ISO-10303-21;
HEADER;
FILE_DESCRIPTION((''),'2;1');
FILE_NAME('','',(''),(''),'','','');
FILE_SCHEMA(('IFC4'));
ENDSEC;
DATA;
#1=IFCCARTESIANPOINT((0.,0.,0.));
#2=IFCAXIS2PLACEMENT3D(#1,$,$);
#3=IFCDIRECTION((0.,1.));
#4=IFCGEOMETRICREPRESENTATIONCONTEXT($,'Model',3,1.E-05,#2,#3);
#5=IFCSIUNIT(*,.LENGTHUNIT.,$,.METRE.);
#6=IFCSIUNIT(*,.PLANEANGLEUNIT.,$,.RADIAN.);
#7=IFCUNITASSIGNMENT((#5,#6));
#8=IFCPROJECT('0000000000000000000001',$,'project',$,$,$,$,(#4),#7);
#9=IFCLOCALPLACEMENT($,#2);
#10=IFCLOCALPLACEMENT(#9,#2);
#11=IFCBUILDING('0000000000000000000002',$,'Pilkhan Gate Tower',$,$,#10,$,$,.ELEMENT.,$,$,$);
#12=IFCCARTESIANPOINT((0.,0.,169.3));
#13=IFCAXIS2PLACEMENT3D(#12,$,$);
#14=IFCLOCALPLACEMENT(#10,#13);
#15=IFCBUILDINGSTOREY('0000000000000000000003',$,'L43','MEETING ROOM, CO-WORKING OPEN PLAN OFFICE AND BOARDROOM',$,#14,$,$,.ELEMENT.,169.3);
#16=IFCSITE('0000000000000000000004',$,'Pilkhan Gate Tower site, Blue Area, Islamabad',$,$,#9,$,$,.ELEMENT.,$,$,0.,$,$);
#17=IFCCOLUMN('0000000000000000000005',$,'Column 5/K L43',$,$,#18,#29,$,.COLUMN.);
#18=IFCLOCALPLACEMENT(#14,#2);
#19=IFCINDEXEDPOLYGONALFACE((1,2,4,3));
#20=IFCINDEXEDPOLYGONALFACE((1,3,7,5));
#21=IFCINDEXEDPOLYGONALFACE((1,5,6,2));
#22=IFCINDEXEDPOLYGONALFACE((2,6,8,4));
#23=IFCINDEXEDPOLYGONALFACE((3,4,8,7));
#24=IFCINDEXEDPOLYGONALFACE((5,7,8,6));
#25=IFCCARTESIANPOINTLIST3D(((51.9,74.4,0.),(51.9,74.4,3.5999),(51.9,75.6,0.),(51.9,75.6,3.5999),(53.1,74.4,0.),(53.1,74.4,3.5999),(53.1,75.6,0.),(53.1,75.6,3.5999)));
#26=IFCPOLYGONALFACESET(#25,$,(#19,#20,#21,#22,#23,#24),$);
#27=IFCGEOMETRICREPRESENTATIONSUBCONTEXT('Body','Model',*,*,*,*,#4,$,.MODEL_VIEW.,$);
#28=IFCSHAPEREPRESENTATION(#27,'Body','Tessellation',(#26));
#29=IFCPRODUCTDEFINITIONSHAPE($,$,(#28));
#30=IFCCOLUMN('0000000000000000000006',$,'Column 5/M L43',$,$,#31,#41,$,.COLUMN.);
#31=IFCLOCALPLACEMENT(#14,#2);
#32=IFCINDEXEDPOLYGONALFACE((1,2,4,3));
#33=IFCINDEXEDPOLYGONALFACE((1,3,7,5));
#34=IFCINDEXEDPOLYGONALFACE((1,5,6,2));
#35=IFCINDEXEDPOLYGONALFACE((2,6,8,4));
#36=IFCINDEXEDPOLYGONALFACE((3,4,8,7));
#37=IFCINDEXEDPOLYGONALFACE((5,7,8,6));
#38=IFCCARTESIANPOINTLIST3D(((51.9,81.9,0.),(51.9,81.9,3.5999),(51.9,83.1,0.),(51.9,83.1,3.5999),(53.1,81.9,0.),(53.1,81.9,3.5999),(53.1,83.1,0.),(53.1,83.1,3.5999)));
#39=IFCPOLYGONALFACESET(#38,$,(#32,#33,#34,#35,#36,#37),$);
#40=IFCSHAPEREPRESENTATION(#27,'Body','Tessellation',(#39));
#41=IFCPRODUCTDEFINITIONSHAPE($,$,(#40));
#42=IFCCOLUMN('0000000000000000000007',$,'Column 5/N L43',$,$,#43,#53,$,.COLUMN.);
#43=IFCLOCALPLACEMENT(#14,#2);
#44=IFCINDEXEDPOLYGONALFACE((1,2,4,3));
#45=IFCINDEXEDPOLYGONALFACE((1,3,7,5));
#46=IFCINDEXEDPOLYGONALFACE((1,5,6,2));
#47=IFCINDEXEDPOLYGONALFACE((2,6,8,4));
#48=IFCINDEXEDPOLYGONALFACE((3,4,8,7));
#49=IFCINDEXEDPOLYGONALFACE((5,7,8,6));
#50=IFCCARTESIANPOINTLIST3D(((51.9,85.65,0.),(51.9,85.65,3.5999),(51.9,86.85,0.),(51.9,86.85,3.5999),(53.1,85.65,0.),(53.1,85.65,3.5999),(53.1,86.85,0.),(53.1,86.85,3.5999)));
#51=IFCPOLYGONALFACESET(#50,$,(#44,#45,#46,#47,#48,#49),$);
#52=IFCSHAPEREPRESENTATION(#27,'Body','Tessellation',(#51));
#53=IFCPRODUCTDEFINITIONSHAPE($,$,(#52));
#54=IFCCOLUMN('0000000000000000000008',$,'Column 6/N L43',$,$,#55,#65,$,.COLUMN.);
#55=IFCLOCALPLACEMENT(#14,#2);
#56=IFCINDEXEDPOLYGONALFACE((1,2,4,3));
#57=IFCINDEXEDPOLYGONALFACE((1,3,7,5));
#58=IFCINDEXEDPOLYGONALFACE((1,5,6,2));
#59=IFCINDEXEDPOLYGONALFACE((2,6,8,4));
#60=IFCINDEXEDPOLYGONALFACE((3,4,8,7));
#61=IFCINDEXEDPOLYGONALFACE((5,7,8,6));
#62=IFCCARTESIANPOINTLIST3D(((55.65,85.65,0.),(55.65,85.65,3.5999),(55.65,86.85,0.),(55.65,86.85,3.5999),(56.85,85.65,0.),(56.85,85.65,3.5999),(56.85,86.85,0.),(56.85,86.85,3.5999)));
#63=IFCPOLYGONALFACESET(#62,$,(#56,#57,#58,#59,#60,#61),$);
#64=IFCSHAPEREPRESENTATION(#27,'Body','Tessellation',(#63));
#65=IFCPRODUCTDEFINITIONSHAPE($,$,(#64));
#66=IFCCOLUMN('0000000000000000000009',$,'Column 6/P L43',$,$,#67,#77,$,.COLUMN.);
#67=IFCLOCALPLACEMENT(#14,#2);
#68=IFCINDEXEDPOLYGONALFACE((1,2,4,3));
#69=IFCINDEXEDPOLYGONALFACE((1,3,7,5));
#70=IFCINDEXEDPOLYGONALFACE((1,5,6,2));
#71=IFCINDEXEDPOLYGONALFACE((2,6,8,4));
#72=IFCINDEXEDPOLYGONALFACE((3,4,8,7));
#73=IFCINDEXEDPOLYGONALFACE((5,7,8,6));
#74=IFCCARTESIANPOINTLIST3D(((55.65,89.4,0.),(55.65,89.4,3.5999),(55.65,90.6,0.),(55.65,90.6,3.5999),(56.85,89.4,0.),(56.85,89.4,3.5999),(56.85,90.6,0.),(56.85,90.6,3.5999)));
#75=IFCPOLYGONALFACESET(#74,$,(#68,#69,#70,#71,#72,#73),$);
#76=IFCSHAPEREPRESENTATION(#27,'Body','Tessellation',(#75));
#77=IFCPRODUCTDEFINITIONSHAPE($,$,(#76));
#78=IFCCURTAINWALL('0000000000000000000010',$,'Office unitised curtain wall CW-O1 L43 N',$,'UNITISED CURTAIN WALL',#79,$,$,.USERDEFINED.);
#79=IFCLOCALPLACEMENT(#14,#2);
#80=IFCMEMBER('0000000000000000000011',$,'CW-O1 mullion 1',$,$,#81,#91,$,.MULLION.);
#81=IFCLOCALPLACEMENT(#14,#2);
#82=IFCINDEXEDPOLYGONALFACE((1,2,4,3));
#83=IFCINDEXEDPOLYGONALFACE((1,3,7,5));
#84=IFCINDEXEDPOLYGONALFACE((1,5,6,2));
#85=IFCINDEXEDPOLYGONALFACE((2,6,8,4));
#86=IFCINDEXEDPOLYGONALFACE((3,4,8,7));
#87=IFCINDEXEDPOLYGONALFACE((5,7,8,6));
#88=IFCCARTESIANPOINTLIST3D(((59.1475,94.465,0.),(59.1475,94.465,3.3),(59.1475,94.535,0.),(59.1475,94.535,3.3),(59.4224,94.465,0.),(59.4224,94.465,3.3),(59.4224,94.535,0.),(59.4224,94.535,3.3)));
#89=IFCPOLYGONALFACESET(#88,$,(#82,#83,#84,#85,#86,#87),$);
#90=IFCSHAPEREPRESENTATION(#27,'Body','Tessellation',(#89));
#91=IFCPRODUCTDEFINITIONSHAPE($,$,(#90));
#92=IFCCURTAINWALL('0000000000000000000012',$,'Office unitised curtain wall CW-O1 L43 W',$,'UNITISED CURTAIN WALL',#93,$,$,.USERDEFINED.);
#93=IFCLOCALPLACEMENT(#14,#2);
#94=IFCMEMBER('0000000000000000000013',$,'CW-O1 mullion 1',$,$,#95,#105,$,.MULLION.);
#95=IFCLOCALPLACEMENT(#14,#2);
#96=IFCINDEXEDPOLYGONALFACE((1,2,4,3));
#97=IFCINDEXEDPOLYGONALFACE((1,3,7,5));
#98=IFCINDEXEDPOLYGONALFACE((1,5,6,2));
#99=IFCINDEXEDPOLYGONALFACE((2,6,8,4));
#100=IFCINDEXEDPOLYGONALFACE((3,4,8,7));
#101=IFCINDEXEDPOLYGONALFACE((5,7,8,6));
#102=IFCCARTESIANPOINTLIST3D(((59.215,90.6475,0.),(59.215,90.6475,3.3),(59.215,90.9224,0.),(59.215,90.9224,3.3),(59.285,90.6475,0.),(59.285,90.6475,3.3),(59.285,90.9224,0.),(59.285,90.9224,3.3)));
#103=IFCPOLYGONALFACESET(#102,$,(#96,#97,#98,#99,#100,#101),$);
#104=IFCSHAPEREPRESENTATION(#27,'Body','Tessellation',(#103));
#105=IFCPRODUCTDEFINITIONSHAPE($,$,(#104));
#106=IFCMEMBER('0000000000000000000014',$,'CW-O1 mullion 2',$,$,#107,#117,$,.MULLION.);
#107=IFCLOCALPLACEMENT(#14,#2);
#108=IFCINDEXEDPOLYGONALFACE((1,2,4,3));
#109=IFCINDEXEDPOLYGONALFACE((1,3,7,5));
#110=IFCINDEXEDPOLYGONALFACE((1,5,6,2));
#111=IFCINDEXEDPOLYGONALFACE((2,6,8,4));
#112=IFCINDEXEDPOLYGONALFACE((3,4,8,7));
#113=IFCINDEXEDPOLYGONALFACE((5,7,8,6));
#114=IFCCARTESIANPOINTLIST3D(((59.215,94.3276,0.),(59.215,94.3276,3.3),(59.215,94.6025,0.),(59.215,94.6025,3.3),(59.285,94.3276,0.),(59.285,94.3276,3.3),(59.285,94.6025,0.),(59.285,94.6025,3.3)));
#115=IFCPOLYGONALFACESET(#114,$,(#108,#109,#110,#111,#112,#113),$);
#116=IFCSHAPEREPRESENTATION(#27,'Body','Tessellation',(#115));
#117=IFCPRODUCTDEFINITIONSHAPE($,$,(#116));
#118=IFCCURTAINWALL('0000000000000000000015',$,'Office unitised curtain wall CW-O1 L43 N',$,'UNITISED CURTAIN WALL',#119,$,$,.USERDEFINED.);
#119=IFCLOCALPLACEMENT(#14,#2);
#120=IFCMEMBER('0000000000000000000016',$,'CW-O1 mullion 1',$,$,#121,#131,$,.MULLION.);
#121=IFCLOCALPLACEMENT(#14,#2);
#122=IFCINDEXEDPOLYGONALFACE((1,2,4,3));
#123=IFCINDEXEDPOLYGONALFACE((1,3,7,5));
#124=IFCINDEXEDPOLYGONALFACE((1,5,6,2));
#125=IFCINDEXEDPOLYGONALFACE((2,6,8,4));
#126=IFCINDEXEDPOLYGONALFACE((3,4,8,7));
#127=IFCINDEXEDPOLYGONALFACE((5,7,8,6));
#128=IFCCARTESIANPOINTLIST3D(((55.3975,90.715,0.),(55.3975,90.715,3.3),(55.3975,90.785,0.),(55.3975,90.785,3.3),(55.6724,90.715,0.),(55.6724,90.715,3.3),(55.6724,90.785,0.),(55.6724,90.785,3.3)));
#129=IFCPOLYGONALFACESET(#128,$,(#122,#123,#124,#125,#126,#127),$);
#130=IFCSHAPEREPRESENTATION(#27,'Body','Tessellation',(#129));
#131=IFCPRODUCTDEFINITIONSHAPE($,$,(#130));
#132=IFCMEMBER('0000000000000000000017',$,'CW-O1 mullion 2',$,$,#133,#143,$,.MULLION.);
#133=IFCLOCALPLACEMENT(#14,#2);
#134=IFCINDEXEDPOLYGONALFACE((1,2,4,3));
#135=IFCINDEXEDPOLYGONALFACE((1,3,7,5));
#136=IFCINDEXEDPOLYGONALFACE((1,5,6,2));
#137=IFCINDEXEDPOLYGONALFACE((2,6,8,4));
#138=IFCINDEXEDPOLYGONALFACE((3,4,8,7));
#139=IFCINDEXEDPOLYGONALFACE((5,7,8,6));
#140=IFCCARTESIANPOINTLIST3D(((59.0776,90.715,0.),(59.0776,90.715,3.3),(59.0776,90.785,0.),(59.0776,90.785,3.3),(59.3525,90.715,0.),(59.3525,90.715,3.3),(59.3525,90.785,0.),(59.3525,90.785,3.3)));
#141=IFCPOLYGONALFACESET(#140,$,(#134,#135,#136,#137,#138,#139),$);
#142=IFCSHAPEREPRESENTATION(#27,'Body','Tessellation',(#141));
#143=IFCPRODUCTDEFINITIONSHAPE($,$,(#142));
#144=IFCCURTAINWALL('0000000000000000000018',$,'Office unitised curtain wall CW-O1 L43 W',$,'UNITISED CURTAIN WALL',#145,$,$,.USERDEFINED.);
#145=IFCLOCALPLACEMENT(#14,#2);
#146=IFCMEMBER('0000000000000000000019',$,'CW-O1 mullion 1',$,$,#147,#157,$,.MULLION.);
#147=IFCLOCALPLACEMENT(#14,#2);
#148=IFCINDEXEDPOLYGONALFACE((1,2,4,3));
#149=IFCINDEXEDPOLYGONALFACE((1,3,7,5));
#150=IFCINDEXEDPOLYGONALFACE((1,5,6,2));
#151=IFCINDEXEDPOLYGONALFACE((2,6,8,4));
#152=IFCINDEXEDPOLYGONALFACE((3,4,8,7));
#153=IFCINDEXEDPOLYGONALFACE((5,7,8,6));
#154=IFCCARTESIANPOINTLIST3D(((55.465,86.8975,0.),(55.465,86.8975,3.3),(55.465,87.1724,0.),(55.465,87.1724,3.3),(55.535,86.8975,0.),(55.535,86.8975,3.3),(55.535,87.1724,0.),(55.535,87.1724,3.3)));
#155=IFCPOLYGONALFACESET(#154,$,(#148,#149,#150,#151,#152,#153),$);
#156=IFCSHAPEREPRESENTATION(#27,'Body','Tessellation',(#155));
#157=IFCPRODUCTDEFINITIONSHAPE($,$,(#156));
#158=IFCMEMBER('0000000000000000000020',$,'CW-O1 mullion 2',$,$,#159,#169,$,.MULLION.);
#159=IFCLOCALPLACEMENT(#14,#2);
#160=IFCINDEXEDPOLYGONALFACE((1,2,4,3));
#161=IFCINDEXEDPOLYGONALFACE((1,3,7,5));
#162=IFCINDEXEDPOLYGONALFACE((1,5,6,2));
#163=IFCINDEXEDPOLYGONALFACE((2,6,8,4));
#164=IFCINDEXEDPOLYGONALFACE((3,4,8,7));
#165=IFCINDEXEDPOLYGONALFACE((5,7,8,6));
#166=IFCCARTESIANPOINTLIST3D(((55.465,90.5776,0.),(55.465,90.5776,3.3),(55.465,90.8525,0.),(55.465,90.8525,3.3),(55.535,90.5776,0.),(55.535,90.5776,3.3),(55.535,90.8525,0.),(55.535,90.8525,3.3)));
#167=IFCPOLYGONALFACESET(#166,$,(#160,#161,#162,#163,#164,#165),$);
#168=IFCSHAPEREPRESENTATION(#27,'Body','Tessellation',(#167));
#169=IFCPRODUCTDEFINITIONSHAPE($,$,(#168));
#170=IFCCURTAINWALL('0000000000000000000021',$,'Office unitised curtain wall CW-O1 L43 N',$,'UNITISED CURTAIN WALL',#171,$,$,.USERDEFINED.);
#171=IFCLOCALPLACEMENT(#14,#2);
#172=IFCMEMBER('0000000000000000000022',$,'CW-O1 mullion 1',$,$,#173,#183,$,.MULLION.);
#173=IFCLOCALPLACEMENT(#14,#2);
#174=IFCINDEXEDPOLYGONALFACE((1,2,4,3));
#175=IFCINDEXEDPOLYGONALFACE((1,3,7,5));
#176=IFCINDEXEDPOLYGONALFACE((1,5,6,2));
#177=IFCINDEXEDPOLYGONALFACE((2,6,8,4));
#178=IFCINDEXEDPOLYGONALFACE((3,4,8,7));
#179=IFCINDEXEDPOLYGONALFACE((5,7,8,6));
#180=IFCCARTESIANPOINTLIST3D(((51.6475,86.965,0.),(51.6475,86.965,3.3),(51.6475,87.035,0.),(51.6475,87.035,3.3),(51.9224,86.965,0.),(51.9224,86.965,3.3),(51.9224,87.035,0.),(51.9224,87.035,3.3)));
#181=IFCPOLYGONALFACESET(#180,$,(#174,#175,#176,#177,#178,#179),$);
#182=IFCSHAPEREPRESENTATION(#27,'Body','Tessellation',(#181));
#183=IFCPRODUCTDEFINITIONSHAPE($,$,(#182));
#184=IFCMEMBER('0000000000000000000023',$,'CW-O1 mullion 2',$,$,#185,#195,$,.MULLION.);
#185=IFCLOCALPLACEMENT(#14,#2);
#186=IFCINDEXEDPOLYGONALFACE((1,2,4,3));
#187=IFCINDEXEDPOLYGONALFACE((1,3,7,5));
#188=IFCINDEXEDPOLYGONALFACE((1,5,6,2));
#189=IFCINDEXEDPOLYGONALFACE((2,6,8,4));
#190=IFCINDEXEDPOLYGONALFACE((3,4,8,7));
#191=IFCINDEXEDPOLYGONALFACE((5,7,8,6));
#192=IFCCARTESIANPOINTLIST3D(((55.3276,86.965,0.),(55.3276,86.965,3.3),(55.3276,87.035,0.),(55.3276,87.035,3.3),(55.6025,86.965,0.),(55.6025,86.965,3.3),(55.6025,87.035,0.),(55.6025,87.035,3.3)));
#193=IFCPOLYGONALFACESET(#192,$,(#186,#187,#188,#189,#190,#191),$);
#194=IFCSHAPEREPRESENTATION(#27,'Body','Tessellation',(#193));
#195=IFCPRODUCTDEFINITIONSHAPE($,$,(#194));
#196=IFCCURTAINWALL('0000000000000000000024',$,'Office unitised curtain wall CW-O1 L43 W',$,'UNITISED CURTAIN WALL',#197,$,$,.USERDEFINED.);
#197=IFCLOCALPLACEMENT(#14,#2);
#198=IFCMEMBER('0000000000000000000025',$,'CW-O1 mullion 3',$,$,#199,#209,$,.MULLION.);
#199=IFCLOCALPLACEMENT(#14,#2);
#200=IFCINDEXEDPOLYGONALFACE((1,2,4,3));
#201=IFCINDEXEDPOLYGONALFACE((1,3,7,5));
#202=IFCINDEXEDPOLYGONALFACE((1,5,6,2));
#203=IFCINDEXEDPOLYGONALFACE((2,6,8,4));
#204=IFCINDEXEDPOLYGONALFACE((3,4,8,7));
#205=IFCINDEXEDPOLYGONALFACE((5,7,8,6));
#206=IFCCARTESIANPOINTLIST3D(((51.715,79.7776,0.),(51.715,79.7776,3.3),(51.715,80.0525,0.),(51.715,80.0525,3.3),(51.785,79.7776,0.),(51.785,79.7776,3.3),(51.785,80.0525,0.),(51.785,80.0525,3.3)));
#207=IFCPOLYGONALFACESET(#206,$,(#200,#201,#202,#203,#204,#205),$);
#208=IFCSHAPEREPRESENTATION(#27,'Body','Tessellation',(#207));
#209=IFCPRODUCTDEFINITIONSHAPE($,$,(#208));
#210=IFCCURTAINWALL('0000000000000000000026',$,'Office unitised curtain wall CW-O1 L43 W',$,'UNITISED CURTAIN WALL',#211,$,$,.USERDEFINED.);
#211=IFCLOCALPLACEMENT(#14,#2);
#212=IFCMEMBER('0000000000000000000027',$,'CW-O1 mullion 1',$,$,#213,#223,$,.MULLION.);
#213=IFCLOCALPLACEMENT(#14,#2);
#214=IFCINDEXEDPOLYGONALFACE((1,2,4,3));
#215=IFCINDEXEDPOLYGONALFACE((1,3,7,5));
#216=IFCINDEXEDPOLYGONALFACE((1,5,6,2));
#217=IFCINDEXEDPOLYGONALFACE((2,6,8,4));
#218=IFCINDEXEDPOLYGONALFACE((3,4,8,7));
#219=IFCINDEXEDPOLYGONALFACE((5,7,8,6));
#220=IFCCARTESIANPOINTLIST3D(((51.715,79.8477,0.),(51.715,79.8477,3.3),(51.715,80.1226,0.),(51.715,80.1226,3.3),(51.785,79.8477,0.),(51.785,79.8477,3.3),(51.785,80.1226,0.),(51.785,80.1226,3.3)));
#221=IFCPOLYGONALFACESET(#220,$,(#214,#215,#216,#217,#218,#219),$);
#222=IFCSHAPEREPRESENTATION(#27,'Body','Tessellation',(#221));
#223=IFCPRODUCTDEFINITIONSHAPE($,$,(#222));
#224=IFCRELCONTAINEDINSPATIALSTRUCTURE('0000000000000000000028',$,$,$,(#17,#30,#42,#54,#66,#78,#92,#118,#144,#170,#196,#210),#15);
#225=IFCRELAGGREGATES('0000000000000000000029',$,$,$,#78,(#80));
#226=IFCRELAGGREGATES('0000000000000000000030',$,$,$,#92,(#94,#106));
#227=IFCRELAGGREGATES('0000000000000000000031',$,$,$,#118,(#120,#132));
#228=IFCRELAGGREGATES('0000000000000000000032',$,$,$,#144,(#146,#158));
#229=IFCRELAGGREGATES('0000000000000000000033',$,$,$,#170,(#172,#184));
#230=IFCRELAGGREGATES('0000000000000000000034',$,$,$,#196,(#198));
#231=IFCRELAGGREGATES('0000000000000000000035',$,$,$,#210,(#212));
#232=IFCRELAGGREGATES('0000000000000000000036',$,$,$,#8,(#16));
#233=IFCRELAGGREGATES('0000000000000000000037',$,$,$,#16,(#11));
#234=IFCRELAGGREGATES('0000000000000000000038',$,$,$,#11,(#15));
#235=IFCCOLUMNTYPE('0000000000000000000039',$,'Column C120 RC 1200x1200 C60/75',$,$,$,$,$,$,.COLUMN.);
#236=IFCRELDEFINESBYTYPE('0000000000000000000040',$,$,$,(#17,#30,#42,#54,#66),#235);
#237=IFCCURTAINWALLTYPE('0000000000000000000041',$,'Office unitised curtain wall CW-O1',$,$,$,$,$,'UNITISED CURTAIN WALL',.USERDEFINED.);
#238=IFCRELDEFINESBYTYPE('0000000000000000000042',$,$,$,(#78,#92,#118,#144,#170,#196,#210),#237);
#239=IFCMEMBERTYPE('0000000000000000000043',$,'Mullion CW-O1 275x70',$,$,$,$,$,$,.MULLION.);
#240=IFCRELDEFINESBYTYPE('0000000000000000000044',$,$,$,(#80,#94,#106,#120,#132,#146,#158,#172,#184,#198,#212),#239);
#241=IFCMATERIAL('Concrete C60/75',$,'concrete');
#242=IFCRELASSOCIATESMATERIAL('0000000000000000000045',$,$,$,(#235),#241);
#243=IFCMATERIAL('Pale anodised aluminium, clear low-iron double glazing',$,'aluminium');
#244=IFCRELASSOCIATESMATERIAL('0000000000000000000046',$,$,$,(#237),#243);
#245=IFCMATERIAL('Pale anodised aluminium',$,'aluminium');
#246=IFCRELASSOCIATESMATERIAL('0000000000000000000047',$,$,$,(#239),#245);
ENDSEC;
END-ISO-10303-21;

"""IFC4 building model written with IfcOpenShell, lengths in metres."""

from ifc_helpers import new_model, si_unit, direction, frame, origin, origin_2d, place, context, subcontext, project, spatial, rectangle, extrude, material, material_profile, profile_set, type_object, element, aggregate, save


model = new_model("IFC4")

# Units and contexts
model_context = context("Model", 3, precision=1e-05, world=origin(), true_north=direction((0.0, 1.0)))
body_context = subcontext(model_context, "Body", "Model", "MODEL_VIEW")
ifc_project = project(units=[si_unit("LENGTHUNIT", "METRE"), si_unit("PLANEANGLEUNIT", "RADIAN")], contexts=[model_context])

# Site, building, storey
site_placement = place(None, origin())
site = spatial("IfcSite", under=ifc_project, at=site_placement, Name="Pilkhan Gate Tower site, Blue Area, Islamabad", CompositionType="ELEMENT", RefElevation=0.0)
building_placement = place(site_placement, origin())
building = spatial("IfcBuilding", under=site, at=building_placement, Name="Pilkhan Gate Tower", CompositionType="ELEMENT")
storey_placement = place(building_placement, frame((0.0, 0.0, 169.3)))
storey = spatial("IfcBuildingStorey", under=building, at=storey_placement, Name="L43", Description="MEETING ROOM, CO-WORKING OPEN PLAN OFFICE AND BOARDROOM", CompositionType="ELEMENT", Elevation=169.3)

# Columns
ifc_material_1 = material(Name="Concrete C60/75", Category="concrete")
ifc_material_profile_1 = material_profile(ifc_material_1, rectangle(XDim=1.2, YDim=1.2, at=origin_2d()), Name="RC 1200x1200")
ifc_profile_set_1 = profile_set([ifc_material_profile_1], Name="Concrete C60/75")
column_type = type_object("IfcColumnType", Name="Column C120 RC 1200x1200 C60/75", PredefinedType="COLUMN", material=ifc_profile_set_1)
for number, where, z_axis, x_axis, name in (
    (1, (52.5, 75.0, 0.0), (0.0, 0.0, 1.0), (1.0, 0.0, 0.0), "Column 5/K L43"),
    (2, (52.5, 82.5, 0.0), (0.0, 0.0, 1.0), (1.0, 0.0, 0.0), "Column 5/M L43"),
    (3, (52.5, 86.25, 0.0), (0.0, 0.0, 1.0), (1.0, 0.0, 0.0), "Column 5/N L43"),
    (4, (56.25, 86.25, 0.0), (0.0, 0.0, 1.0), (1.0, 0.0, 0.0), "Column 6/N L43"),
    (5, (56.25, 90.0, 0.0), (0.0, 0.0, 1.0), (1.0, 0.0, 0.0), "Column 6/P L43"),
):
    element("IfcColumn", number, at=place(storey_placement, frame(where, z_axis=z_axis, x_axis=x_axis)), inside=storey, type_object=column_type, Name=name, PredefinedType="COLUMN", context=body_context, shape_type="SweptSolid", body=[
        extrude(rectangle(XDim=1.2, YDim=1.2, at=origin_2d()), origin(), (0.0, 0.0, 1.0), 3.5999),
    ])

# Curtain wall, member
ifc_material_2 = material(Name="Pale anodised aluminium, clear low-iron double glazing", Category="aluminium")
curtain_wall_type = type_object("IfcCurtainWallType", Name="Office unitised curtain wall CW-O1", ElementType="UNITISED CURTAIN WALL", PredefinedType="USERDEFINED", material=ifc_material_2)
curtain_wall_1_placement = place(storey_placement, origin())
curtain_wall_1 = element("IfcCurtainWall", 6, at=curtain_wall_1_placement, inside=storey, type_object=curtain_wall_type, Name="Office unitised curtain wall CW-O1 L43 N", ObjectType="UNITISED CURTAIN WALL", PredefinedType="USERDEFINED")
ifc_material_3 = material(Name="Pale anodised aluminium", Category="aluminium")
ifc_material_profile_2 = material_profile(ifc_material_3, rectangle(XDim=0.0701, YDim=0.2749, at=origin_2d()), Name="Mullion 275x70")
ifc_profile_set_2 = profile_set([ifc_material_profile_2], Name="Pale anodised aluminium")
member_type_1 = type_object("IfcMemberType", Name="Mullion CW-O1 275x70", PredefinedType="MULLION", material=ifc_profile_set_2)
member_1_placement = place(storey_placement, frame((59.2849, 94.5, 0.0), z_axis=(0.0, 0.0, 1.0), x_axis=(0.0, 1.0, 0.0)))
member_1 = element("IfcMember", 7, at=member_1_placement, type_object=member_type_1, Name="CW-O1 mullion 1", PredefinedType="MULLION", context=body_context, shape_type="SweptSolid", body=[
    extrude(rectangle(XDim=0.0701, YDim=0.2749, at=origin_2d()), origin(), (0.0, 0.0, 1.0), 3.3),
])

# Curtain walls, members
curtain_wall_2_placement = place(storey_placement, origin())
curtain_wall_2 = element("IfcCurtainWall", 8, at=curtain_wall_2_placement, inside=storey, type_object=curtain_wall_type, Name="Office unitised curtain wall CW-O1 L43 W", ObjectType="UNITISED CURTAIN WALL", PredefinedType="USERDEFINED")
member_2_placement = place(storey_placement, frame((59.25, 90.7849, 0.0), z_axis=(0.0, 0.0, 1.0), x_axis=(-1.0, 0.0, 0.0)))
member_2 = element("IfcMember", 9, at=member_2_placement, type_object=member_type_1, Name="CW-O1 mullion 1", PredefinedType="MULLION", context=body_context, shape_type="SweptSolid", body=[
    extrude(rectangle(XDim=0.0701, YDim=0.2749, at=origin_2d()), origin(), (0.0, 0.0, 1.0), 3.3),
])
member_3_placement = place(storey_placement, frame((59.25, 94.4651, 0.0), z_axis=(0.0, 0.0, 1.0), x_axis=(-1.0, 0.0, 0.0)))
member_3 = element("IfcMember", 10, at=member_3_placement, type_object=member_type_1, Name="CW-O1 mullion 2", PredefinedType="MULLION", context=body_context, shape_type="SweptSolid", body=[
    extrude(rectangle(XDim=0.0701, YDim=0.2749, at=origin_2d()), origin(), (0.0, 0.0, 1.0), 3.3),
])
curtain_wall_3_placement = place(storey_placement, origin())
curtain_wall_3 = element("IfcCurtainWall", 11, at=curtain_wall_3_placement, inside=storey, type_object=curtain_wall_type, Name="Office unitised curtain wall CW-O1 L43 N", ObjectType="UNITISED CURTAIN WALL", PredefinedType="USERDEFINED")
member_4_placement = place(storey_placement, frame((55.5349, 90.75, 0.0), z_axis=(0.0, 0.0, 1.0), x_axis=(0.0, 1.0, 0.0)))
member_4 = element("IfcMember", 12, at=member_4_placement, type_object=member_type_1, Name="CW-O1 mullion 1", PredefinedType="MULLION", context=body_context, shape_type="SweptSolid", body=[
    extrude(rectangle(XDim=0.0701, YDim=0.2749, at=origin_2d()), origin(), (0.0, 0.0, 1.0), 3.3),
])
member_5_placement = place(storey_placement, frame((59.2151, 90.75, 0.0), z_axis=(0.0, 0.0, 1.0), x_axis=(0.0, 1.0, 0.0)))
member_5 = element("IfcMember", 13, at=member_5_placement, type_object=member_type_1, Name="CW-O1 mullion 2", PredefinedType="MULLION", context=body_context, shape_type="SweptSolid", body=[
    extrude(rectangle(XDim=0.0701, YDim=0.2749, at=origin_2d()), origin(), (0.0, 0.0, 1.0), 3.3),
])
curtain_wall_4_placement = place(storey_placement, origin())
curtain_wall_4 = element("IfcCurtainWall", 14, at=curtain_wall_4_placement, inside=storey, type_object=curtain_wall_type, Name="Office unitised curtain wall CW-O1 L43 W", ObjectType="UNITISED CURTAIN WALL", PredefinedType="USERDEFINED")
member_6_placement = place(storey_placement, frame((55.5, 87.0349, 0.0), z_axis=(0.0, 0.0, 1.0), x_axis=(-1.0, 0.0, 0.0)))
member_6 = element("IfcMember", 15, at=member_6_placement, type_object=member_type_1, Name="CW-O1 mullion 1", PredefinedType="MULLION", context=body_context, shape_type="SweptSolid", body=[
    extrude(rectangle(XDim=0.0701, YDim=0.2749, at=origin_2d()), origin(), (0.0, 0.0, 1.0), 3.3),
])
member_7_placement = place(storey_placement, frame((55.5, 90.7151, 0.0), z_axis=(0.0, 0.0, 1.0), x_axis=(-1.0, 0.0, 0.0)))
member_7 = element("IfcMember", 16, at=member_7_placement, type_object=member_type_1, Name="CW-O1 mullion 2", PredefinedType="MULLION", context=body_context, shape_type="SweptSolid", body=[
    extrude(rectangle(XDim=0.0701, YDim=0.2749, at=origin_2d()), origin(), (0.0, 0.0, 1.0), 3.3),
])
curtain_wall_5_placement = place(storey_placement, origin())
curtain_wall_5 = element("IfcCurtainWall", 17, at=curtain_wall_5_placement, inside=storey, type_object=curtain_wall_type, Name="Office unitised curtain wall CW-O1 L43 N", ObjectType="UNITISED CURTAIN WALL", PredefinedType="USERDEFINED")
member_8_placement = place(storey_placement, frame((51.7849, 87.0, 0.0), z_axis=(0.0, 0.0, 1.0), x_axis=(0.0, 1.0, 0.0)))
member_8 = element("IfcMember", 18, at=member_8_placement, type_object=member_type_1, Name="CW-O1 mullion 1", PredefinedType="MULLION", context=body_context, shape_type="SweptSolid", body=[
    extrude(rectangle(XDim=0.0701, YDim=0.2749, at=origin_2d()), origin(), (0.0, 0.0, 1.0), 3.3),
])
member_9_placement = place(storey_placement, frame((55.4651, 87.0, 0.0), z_axis=(0.0, 0.0, 1.0), x_axis=(0.0, 1.0, 0.0)))
member_9 = element("IfcMember", 19, at=member_9_placement, type_object=member_type_1, Name="CW-O1 mullion 2", PredefinedType="MULLION", context=body_context, shape_type="SweptSolid", body=[
    extrude(rectangle(XDim=0.0701, YDim=0.2749, at=origin_2d()), origin(), (0.0, 0.0, 1.0), 3.3),
])

# Curtain wall, member
curtain_wall_6_placement = place(storey_placement, origin())
curtain_wall_6 = element("IfcCurtainWall", 20, at=curtain_wall_6_placement, inside=storey, type_object=curtain_wall_type, Name="Office unitised curtain wall CW-O1 L43 W", ObjectType="UNITISED CURTAIN WALL", PredefinedType="USERDEFINED")
member_10_placement = place(storey_placement, frame((51.75, 79.915, 0.0), z_axis=(0.0, 0.0, 1.0), x_axis=(-1.0, 0.0, 0.0)))
member_10 = element("IfcMember", 21, at=member_10_placement, type_object=member_type_1, Name="CW-O1 mullion 3", PredefinedType="MULLION", context=body_context, shape_type="SweptSolid", body=[
    extrude(rectangle(XDim=0.0701, YDim=0.2749, at=origin_2d()), origin(), (0.0, 0.0, 1.0), 3.3),
])

# Curtain wall, member
curtain_wall_7_placement = place(storey_placement, origin())
curtain_wall_7 = element("IfcCurtainWall", 22, at=curtain_wall_7_placement, inside=storey, type_object=curtain_wall_type, Name="Office unitised curtain wall CW-O1 L43 W", ObjectType="UNITISED CURTAIN WALL", PredefinedType="USERDEFINED")
member_11_placement = place(storey_placement, frame((51.75, 79.9851, 0.0), z_axis=(0.0, 0.0, 1.0), x_axis=(-1.0, 0.0, 0.0)))
member_11 = element("IfcMember", 23, at=member_11_placement, type_object=member_type_1, Name="CW-O1 mullion 1", PredefinedType="MULLION", context=body_context, shape_type="SweptSolid", body=[
    extrude(rectangle(XDim=0.0701, YDim=0.2749, at=origin_2d()), origin(), (0.0, 0.0, 1.0), 3.3),
])

aggregate(curtain_wall_1, [member_1])

aggregate(curtain_wall_2, [member_2, member_3])
aggregate(curtain_wall_3, [member_4, member_5])
aggregate(curtain_wall_4, [member_6, member_7])
aggregate(curtain_wall_5, [member_8, member_9])
aggregate(curtain_wall_6, [member_10])
aggregate(curtain_wall_7, [member_11])

save(model, "model.ifc")
